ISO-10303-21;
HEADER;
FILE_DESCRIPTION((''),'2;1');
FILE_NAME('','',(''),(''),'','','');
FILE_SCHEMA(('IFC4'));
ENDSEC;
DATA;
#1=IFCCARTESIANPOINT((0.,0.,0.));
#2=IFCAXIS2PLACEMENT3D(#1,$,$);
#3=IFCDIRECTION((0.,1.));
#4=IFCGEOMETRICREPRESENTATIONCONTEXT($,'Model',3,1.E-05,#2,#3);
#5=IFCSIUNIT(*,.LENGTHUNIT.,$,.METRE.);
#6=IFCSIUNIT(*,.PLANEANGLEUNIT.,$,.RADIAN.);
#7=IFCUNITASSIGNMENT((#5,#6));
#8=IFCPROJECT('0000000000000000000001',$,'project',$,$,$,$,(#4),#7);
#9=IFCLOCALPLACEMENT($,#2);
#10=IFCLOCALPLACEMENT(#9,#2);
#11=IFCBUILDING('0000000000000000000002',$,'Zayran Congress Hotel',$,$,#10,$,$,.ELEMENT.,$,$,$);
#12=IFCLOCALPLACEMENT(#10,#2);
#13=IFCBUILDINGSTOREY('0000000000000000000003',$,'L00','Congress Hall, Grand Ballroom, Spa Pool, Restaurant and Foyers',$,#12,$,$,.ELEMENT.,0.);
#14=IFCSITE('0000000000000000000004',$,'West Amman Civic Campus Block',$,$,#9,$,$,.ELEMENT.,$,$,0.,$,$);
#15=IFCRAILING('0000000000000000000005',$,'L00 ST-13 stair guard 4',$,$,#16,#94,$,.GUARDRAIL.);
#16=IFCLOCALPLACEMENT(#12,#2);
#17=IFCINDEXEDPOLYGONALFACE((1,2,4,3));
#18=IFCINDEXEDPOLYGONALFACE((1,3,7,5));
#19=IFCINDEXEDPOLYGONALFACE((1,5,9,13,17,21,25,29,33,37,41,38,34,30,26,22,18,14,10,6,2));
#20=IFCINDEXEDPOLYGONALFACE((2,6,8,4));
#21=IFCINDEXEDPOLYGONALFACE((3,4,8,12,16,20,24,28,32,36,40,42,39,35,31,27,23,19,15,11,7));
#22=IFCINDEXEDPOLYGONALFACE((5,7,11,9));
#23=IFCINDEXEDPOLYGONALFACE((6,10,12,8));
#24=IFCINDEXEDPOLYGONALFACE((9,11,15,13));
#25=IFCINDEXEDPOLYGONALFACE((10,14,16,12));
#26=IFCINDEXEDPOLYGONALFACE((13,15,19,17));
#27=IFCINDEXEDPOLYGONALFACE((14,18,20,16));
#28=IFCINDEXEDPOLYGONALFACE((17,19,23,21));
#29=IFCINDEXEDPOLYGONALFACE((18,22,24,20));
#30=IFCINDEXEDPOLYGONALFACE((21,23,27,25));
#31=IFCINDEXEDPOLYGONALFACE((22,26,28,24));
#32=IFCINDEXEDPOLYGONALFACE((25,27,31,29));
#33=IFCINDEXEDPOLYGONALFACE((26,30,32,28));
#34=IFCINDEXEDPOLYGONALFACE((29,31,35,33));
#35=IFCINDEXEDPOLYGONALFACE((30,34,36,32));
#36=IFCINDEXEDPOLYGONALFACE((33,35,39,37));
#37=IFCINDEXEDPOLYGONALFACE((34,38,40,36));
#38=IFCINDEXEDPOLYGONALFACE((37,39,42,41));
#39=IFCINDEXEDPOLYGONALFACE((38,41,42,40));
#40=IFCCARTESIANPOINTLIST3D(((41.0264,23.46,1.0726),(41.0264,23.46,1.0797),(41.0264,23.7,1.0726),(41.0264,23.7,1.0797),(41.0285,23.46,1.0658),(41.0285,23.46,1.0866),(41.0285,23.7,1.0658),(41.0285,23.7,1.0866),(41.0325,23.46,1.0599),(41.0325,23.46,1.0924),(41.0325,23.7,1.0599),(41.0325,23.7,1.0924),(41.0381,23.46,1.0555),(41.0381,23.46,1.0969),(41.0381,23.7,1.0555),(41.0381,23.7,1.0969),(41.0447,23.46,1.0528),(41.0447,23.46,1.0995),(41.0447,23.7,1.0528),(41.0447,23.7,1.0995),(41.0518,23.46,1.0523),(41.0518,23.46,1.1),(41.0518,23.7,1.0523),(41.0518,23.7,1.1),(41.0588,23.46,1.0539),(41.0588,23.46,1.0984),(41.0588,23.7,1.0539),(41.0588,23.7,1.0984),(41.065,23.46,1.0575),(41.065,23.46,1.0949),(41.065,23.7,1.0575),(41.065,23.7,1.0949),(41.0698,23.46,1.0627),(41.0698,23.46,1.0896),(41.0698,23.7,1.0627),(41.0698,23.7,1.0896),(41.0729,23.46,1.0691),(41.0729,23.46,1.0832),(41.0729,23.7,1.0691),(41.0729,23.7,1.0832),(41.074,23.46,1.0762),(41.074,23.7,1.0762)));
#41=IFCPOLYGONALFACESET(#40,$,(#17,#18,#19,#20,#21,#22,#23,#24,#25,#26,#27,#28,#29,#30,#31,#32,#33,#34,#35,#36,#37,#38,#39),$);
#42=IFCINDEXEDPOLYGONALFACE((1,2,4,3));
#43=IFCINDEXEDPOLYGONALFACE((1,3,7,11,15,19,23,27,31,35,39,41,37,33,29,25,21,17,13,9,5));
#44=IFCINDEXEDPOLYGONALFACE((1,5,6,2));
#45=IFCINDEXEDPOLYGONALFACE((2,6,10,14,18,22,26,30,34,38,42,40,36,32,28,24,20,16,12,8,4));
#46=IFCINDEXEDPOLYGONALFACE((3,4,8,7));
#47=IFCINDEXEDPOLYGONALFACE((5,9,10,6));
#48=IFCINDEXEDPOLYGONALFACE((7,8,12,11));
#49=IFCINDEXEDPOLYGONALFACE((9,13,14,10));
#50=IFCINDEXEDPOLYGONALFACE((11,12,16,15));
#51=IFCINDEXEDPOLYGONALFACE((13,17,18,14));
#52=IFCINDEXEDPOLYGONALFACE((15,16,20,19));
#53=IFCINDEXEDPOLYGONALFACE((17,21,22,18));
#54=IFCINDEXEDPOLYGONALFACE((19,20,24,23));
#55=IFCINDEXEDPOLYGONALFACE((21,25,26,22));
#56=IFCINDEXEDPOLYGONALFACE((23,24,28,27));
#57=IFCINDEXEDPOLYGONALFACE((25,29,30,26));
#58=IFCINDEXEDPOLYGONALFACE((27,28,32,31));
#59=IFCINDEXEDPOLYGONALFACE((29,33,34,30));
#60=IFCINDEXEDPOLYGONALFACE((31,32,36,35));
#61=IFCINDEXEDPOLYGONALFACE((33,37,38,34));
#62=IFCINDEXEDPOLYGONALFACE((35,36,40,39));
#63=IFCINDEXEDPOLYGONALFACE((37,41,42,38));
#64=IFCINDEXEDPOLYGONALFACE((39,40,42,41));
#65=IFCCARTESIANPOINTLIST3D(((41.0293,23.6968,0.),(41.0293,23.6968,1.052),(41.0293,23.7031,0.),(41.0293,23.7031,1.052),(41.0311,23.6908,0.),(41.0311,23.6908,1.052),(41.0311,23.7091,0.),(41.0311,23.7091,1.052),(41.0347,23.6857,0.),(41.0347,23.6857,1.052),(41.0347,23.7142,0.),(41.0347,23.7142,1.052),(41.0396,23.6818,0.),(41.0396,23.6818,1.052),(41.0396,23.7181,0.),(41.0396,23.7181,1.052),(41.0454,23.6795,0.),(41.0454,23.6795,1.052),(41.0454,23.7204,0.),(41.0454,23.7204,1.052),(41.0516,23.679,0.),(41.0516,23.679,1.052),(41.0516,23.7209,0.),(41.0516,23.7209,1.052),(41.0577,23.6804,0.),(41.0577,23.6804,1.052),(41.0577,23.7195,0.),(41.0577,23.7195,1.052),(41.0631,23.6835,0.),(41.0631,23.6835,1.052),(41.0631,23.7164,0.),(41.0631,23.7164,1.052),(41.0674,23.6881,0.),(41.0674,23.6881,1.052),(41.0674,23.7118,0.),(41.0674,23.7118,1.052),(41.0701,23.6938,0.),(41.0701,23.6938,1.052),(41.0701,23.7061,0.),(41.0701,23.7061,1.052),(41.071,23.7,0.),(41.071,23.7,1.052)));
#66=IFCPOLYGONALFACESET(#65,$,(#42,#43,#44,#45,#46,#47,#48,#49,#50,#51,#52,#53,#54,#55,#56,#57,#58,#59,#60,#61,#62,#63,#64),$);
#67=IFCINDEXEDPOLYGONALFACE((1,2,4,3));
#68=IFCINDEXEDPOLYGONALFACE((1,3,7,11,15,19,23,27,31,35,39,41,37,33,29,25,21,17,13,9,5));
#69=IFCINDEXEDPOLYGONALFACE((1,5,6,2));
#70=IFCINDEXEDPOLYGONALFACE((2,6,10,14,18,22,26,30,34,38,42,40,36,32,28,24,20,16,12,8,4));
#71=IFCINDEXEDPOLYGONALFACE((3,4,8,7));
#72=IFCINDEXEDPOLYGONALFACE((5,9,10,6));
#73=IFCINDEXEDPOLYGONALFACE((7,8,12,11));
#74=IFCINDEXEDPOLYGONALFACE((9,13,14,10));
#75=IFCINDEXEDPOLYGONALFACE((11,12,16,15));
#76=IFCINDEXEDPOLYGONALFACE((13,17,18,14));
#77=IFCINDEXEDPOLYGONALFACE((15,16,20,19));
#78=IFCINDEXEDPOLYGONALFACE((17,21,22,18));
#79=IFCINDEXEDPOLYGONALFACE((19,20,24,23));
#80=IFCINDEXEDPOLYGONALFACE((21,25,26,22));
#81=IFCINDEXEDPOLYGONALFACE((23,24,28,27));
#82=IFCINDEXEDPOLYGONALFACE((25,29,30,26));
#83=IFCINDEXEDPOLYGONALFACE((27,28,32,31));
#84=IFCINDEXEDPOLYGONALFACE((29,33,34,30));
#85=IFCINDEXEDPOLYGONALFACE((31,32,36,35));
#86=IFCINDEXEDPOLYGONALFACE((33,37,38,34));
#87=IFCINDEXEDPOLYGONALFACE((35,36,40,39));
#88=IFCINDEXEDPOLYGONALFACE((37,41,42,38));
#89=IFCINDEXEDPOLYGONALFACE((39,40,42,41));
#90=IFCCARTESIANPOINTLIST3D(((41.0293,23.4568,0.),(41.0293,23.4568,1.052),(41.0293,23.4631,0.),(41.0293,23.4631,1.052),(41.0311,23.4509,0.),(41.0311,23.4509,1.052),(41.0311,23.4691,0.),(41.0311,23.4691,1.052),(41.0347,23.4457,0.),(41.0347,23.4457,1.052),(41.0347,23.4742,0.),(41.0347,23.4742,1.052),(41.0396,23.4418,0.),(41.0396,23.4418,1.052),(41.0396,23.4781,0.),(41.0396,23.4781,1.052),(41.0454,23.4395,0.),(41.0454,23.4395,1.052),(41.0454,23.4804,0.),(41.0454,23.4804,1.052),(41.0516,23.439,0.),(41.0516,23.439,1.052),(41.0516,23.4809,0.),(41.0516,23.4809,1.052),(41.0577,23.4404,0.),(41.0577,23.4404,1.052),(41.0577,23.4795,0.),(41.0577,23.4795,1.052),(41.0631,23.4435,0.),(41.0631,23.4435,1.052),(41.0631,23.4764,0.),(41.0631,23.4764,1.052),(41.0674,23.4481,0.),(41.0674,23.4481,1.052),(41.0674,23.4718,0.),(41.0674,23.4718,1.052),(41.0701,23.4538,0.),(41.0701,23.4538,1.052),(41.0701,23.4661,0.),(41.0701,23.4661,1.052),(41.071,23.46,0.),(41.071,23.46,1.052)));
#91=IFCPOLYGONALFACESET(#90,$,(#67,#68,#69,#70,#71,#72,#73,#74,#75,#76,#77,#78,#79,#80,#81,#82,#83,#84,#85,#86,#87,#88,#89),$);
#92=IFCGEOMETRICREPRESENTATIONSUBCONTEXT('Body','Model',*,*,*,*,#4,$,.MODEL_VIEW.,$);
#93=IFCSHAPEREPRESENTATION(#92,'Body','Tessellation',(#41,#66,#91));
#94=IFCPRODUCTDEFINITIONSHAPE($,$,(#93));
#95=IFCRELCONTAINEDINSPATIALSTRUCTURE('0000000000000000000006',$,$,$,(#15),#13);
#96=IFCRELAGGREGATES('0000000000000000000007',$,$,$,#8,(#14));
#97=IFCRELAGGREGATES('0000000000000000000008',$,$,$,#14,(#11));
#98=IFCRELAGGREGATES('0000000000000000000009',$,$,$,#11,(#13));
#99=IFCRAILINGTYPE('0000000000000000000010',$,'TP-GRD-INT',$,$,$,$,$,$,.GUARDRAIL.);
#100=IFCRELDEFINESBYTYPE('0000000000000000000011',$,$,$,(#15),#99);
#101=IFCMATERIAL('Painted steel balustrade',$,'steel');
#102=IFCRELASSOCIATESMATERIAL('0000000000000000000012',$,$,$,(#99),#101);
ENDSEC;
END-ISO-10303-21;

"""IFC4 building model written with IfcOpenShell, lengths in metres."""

from ifc_helpers import new_model, si_unit, direction, frame, origin, origin_2d, place, context, subcontext, project, spatial, circle, extrude, material, type_object, element, save


model = new_model("IFC4")

# Units and contexts
model_context = context("Model", 3, precision=1e-05, world=origin(), true_north=direction((0.0, 1.0)))
body_context = subcontext(model_context, "Body", "Model", "MODEL_VIEW")
ifc_project = project(units=[si_unit("LENGTHUNIT", "METRE"), si_unit("PLANEANGLEUNIT", "RADIAN")], contexts=[model_context])

# Site, building, storey
site_placement = place(None, origin())
site = spatial("IfcSite", under=ifc_project, at=site_placement, Name="West Amman Civic Campus Block", CompositionType="ELEMENT", RefElevation=0.0)
building_placement = place(site_placement, origin())
building = spatial("IfcBuilding", under=site, at=building_placement, Name="Zayran Congress Hotel", CompositionType="ELEMENT")
storey_placement = place(building_placement, origin())
storey = spatial("IfcBuildingStorey", under=building, at=storey_placement, Name="L00", Description="Congress Hall, Grand Ballroom, Spa Pool, Restaurant and Foyers", CompositionType="ELEMENT", Elevation=0.0)

# Railing
ifc_material_1 = material(Name="Painted steel balustrade", Category="steel")
railing_type_1 = type_object("IfcRailingType", Name="TP-GRD-INT", PredefinedType="GUARDRAIL", material=ifc_material_1)
railing_1_placement = place(storey_placement, frame((41.05, 23.7, 0.0)))
element("IfcRailing", 1, at=railing_1_placement, inside=storey, type_object=railing_type_1, Name="L00 ST-13 stair guard 4", PredefinedType="GUARDRAIL", context=body_context, shape_type="SweptSolid", body=[
    extrude(circle(Radius=0.0239, at=origin_2d()), frame((0.0, 0.0, 1.0762), z_axis=(0.0, -1.0, 0.0), x_axis=(1.0, 0.0, 0.0)), (0.0, 0.0, 1.0), 0.24),
    extrude(circle(Radius=0.021, at=origin_2d()), origin(), (0.0, 0.0, 1.0), 1.052),
    extrude(circle(Radius=0.021, at=origin_2d()), frame((0.0, -0.24, 0.0)), (0.0, 0.0, 1.0), 1.052),
])

save(model, "model.ifc")
